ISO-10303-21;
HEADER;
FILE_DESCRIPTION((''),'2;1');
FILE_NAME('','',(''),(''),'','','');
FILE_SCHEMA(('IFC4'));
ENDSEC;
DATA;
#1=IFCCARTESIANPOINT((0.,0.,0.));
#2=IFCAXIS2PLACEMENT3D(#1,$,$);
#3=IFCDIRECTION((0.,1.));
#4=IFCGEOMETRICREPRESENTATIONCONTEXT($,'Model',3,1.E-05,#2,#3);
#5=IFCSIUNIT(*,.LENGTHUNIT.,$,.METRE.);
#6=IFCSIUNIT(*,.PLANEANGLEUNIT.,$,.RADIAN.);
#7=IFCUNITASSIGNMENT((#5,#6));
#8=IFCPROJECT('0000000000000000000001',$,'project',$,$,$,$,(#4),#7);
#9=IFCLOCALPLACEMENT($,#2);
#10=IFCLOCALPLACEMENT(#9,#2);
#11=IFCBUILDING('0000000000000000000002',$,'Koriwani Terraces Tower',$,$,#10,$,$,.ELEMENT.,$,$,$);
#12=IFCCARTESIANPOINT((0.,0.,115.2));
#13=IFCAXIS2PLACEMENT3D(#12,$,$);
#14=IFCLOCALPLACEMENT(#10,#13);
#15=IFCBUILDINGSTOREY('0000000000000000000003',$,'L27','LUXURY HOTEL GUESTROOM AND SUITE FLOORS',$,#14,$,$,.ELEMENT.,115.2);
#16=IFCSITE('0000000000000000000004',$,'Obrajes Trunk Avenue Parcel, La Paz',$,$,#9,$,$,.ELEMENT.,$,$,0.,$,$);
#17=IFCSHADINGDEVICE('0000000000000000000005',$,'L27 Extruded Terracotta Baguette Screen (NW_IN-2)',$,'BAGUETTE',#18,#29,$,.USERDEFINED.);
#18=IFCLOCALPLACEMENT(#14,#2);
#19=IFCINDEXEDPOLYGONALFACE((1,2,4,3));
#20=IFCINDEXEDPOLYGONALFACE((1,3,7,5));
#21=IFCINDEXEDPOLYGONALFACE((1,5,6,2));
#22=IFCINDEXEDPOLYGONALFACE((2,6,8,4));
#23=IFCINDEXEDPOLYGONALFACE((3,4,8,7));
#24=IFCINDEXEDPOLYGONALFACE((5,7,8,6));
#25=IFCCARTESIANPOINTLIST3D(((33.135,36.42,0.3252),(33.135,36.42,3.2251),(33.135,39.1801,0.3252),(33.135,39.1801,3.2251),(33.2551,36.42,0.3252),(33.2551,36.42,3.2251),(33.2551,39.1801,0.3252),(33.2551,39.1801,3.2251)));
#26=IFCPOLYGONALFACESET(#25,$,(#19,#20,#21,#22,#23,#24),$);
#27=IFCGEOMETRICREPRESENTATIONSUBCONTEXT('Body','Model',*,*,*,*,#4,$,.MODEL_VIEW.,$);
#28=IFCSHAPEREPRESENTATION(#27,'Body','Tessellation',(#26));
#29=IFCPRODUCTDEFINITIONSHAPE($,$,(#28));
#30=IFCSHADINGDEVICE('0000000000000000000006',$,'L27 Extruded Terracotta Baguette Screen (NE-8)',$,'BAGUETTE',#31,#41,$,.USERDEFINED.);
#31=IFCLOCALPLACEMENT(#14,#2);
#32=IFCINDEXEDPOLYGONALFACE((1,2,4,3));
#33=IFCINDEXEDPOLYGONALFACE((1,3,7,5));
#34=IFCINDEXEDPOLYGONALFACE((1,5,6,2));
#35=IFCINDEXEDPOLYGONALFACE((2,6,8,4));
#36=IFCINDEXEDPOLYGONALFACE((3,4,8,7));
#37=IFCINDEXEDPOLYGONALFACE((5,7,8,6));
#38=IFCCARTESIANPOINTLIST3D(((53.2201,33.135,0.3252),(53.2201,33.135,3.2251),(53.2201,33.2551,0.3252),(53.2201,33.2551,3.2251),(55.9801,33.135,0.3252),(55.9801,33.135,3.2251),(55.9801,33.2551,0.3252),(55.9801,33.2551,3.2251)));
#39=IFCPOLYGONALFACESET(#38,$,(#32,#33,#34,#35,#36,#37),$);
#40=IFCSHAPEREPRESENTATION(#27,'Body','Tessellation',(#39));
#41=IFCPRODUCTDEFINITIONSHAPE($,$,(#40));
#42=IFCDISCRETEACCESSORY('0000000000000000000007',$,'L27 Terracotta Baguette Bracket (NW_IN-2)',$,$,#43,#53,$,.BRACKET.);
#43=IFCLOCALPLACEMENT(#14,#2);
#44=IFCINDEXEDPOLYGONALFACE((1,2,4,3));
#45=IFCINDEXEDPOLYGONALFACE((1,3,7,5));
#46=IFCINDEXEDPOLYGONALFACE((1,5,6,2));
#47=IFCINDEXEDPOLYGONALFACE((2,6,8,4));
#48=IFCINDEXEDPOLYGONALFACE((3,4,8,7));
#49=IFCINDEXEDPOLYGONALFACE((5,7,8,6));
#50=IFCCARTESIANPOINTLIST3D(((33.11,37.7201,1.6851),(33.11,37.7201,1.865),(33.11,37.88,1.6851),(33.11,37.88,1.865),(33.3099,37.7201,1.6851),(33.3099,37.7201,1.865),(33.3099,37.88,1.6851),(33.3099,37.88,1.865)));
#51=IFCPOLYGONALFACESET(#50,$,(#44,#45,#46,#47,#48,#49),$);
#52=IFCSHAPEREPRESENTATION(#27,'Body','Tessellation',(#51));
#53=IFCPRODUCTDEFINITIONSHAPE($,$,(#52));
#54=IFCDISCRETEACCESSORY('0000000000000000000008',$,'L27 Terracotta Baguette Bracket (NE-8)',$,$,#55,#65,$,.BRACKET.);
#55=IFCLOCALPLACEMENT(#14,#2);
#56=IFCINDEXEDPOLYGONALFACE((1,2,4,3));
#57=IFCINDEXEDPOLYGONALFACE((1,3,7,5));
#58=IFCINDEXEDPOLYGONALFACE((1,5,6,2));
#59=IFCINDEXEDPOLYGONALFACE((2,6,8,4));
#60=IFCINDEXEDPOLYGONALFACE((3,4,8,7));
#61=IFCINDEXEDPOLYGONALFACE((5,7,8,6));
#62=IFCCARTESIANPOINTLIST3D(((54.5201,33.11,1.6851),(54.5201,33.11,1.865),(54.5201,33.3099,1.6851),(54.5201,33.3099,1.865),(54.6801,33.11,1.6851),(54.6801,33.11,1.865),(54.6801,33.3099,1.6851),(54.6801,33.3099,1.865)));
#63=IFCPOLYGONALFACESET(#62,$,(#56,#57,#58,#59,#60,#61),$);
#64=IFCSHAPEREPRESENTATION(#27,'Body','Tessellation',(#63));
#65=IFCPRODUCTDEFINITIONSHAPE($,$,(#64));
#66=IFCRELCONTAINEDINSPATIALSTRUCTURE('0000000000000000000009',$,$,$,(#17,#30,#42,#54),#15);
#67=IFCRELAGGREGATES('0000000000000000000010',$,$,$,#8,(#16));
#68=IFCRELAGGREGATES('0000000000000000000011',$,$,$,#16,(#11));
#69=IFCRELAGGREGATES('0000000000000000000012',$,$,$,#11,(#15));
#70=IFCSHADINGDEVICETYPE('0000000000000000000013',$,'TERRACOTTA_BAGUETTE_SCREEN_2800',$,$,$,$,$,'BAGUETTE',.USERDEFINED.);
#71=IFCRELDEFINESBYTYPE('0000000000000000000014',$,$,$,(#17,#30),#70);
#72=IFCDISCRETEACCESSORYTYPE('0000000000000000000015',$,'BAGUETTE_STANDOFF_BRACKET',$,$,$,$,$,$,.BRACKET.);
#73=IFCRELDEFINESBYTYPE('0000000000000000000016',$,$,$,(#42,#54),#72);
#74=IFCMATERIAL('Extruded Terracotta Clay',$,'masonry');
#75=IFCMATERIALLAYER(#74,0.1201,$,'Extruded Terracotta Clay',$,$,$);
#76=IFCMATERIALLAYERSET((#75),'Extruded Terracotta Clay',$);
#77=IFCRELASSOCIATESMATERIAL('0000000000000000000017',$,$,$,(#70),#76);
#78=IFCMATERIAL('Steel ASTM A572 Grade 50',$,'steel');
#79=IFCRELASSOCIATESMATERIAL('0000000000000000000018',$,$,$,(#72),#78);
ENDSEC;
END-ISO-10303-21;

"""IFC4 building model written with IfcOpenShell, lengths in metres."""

from ifc_helpers import new_model, si_unit, direction, frame, origin, origin_2d, place, context, subcontext, project, spatial, rectangle, extrude, material, layer, layer_set, type_object, element, save


model = new_model("IFC4")

# Units and contexts
model_context = context("Model", 3, precision=1e-05, world=origin(), true_north=direction((0.0, 1.0)))
body_context = subcontext(model_context, "Body", "Model", "MODEL_VIEW")
ifc_project = project(units=[si_unit("LENGTHUNIT", "METRE"), si_unit("PLANEANGLEUNIT", "RADIAN")], contexts=[model_context])

# Site, building, storey
site_placement = place(None, origin())
site = spatial("IfcSite", under=ifc_project, at=site_placement, Name="Obrajes Trunk Avenue Parcel, La Paz", CompositionType="ELEMENT", RefElevation=0.0)
building_placement = place(site_placement, origin())
building = spatial("IfcBuilding", under=site, at=building_placement, Name="Koriwani Terraces Tower", CompositionType="ELEMENT")
storey_placement = place(building_placement, frame((0.0, 0.0, 115.2)))
storey = spatial("IfcBuildingStorey", under=building, at=storey_placement, Name="L27", Description="LUXURY HOTEL GUESTROOM AND SUITE FLOORS", CompositionType="ELEMENT", Elevation=115.2)

# Shared definitions
ifc_material_1 = material(Name="Steel ASTM A572 Grade 50", Category="steel")

# Shading devices
ifc_material_2 = material(Name="Extruded Terracotta Clay", Category="masonry")
ifc_layer_1 = layer(ifc_material_2, 0.1201, Name="Extruded Terracotta Clay")
ifc_layer_set_1 = layer_set([ifc_layer_1], Name="Extruded Terracotta Clay")
shading_device_type = type_object("IfcShadingDeviceType", Name="TERRACOTTA_BAGUETTE_SCREEN_2800", ElementType="BAGUETTE", PredefinedType="USERDEFINED", material=ifc_layer_set_1)
for number, where, z_axis, x_axis, name in (
    (1, (33.1951, 37.8, 0.3252), (0.0, 0.0, 1.0), (0.0, -1.0, 0.0), "L27 Extruded Terracotta Baguette Screen (NW_IN-2)"),
    (2, (54.6001, 33.1951, 0.3252), (0.0, 0.0, 1.0), (1.0, 0.0, 0.0), "L27 Extruded Terracotta Baguette Screen (NE-8)"),
):
    element("IfcShadingDevice", number, at=place(storey_placement, frame(where, z_axis=z_axis, x_axis=x_axis)), inside=storey, type_object=shading_device_type, Name=name, ObjectType="BAGUETTE", PredefinedType="USERDEFINED", context=body_context, shape_type="SweptSolid", body=[
        extrude(rectangle(XDim=2.76, YDim=0.1201, at=origin_2d()), origin(), (0.0, 0.0, 1.0), 2.8999),
    ])

# Discrete accessories
discrete_accessory_type = type_object("IfcDiscreteAccessoryType", Name="BAGUETTE_STANDOFF_BRACKET", PredefinedType="BRACKET", material=ifc_material_1)
for number, where, z_axis, x_axis, name in (
    (3, (33.21, 37.8, 1.6851), (0.0, 0.0, 1.0), (0.0, -1.0, 0.0), "L27 Terracotta Baguette Bracket (NW_IN-2)"),
    (4, (54.6001, 33.21, 1.6851), (0.0, 0.0, 1.0), (1.0, 0.0, 0.0), "L27 Terracotta Baguette Bracket (NE-8)"),
):
    element("IfcDiscreteAccessory", number, at=place(storey_placement, frame(where, z_axis=z_axis, x_axis=x_axis)), inside=storey, type_object=discrete_accessory_type, Name=name, PredefinedType="BRACKET", context=body_context, shape_type="SweptSolid", body=[
        extrude(rectangle(XDim=0.1599, YDim=0.2, at=origin_2d()), origin(), (0.0, 0.0, 1.0), 0.1799),
    ])

save(model, "model.ifc")
